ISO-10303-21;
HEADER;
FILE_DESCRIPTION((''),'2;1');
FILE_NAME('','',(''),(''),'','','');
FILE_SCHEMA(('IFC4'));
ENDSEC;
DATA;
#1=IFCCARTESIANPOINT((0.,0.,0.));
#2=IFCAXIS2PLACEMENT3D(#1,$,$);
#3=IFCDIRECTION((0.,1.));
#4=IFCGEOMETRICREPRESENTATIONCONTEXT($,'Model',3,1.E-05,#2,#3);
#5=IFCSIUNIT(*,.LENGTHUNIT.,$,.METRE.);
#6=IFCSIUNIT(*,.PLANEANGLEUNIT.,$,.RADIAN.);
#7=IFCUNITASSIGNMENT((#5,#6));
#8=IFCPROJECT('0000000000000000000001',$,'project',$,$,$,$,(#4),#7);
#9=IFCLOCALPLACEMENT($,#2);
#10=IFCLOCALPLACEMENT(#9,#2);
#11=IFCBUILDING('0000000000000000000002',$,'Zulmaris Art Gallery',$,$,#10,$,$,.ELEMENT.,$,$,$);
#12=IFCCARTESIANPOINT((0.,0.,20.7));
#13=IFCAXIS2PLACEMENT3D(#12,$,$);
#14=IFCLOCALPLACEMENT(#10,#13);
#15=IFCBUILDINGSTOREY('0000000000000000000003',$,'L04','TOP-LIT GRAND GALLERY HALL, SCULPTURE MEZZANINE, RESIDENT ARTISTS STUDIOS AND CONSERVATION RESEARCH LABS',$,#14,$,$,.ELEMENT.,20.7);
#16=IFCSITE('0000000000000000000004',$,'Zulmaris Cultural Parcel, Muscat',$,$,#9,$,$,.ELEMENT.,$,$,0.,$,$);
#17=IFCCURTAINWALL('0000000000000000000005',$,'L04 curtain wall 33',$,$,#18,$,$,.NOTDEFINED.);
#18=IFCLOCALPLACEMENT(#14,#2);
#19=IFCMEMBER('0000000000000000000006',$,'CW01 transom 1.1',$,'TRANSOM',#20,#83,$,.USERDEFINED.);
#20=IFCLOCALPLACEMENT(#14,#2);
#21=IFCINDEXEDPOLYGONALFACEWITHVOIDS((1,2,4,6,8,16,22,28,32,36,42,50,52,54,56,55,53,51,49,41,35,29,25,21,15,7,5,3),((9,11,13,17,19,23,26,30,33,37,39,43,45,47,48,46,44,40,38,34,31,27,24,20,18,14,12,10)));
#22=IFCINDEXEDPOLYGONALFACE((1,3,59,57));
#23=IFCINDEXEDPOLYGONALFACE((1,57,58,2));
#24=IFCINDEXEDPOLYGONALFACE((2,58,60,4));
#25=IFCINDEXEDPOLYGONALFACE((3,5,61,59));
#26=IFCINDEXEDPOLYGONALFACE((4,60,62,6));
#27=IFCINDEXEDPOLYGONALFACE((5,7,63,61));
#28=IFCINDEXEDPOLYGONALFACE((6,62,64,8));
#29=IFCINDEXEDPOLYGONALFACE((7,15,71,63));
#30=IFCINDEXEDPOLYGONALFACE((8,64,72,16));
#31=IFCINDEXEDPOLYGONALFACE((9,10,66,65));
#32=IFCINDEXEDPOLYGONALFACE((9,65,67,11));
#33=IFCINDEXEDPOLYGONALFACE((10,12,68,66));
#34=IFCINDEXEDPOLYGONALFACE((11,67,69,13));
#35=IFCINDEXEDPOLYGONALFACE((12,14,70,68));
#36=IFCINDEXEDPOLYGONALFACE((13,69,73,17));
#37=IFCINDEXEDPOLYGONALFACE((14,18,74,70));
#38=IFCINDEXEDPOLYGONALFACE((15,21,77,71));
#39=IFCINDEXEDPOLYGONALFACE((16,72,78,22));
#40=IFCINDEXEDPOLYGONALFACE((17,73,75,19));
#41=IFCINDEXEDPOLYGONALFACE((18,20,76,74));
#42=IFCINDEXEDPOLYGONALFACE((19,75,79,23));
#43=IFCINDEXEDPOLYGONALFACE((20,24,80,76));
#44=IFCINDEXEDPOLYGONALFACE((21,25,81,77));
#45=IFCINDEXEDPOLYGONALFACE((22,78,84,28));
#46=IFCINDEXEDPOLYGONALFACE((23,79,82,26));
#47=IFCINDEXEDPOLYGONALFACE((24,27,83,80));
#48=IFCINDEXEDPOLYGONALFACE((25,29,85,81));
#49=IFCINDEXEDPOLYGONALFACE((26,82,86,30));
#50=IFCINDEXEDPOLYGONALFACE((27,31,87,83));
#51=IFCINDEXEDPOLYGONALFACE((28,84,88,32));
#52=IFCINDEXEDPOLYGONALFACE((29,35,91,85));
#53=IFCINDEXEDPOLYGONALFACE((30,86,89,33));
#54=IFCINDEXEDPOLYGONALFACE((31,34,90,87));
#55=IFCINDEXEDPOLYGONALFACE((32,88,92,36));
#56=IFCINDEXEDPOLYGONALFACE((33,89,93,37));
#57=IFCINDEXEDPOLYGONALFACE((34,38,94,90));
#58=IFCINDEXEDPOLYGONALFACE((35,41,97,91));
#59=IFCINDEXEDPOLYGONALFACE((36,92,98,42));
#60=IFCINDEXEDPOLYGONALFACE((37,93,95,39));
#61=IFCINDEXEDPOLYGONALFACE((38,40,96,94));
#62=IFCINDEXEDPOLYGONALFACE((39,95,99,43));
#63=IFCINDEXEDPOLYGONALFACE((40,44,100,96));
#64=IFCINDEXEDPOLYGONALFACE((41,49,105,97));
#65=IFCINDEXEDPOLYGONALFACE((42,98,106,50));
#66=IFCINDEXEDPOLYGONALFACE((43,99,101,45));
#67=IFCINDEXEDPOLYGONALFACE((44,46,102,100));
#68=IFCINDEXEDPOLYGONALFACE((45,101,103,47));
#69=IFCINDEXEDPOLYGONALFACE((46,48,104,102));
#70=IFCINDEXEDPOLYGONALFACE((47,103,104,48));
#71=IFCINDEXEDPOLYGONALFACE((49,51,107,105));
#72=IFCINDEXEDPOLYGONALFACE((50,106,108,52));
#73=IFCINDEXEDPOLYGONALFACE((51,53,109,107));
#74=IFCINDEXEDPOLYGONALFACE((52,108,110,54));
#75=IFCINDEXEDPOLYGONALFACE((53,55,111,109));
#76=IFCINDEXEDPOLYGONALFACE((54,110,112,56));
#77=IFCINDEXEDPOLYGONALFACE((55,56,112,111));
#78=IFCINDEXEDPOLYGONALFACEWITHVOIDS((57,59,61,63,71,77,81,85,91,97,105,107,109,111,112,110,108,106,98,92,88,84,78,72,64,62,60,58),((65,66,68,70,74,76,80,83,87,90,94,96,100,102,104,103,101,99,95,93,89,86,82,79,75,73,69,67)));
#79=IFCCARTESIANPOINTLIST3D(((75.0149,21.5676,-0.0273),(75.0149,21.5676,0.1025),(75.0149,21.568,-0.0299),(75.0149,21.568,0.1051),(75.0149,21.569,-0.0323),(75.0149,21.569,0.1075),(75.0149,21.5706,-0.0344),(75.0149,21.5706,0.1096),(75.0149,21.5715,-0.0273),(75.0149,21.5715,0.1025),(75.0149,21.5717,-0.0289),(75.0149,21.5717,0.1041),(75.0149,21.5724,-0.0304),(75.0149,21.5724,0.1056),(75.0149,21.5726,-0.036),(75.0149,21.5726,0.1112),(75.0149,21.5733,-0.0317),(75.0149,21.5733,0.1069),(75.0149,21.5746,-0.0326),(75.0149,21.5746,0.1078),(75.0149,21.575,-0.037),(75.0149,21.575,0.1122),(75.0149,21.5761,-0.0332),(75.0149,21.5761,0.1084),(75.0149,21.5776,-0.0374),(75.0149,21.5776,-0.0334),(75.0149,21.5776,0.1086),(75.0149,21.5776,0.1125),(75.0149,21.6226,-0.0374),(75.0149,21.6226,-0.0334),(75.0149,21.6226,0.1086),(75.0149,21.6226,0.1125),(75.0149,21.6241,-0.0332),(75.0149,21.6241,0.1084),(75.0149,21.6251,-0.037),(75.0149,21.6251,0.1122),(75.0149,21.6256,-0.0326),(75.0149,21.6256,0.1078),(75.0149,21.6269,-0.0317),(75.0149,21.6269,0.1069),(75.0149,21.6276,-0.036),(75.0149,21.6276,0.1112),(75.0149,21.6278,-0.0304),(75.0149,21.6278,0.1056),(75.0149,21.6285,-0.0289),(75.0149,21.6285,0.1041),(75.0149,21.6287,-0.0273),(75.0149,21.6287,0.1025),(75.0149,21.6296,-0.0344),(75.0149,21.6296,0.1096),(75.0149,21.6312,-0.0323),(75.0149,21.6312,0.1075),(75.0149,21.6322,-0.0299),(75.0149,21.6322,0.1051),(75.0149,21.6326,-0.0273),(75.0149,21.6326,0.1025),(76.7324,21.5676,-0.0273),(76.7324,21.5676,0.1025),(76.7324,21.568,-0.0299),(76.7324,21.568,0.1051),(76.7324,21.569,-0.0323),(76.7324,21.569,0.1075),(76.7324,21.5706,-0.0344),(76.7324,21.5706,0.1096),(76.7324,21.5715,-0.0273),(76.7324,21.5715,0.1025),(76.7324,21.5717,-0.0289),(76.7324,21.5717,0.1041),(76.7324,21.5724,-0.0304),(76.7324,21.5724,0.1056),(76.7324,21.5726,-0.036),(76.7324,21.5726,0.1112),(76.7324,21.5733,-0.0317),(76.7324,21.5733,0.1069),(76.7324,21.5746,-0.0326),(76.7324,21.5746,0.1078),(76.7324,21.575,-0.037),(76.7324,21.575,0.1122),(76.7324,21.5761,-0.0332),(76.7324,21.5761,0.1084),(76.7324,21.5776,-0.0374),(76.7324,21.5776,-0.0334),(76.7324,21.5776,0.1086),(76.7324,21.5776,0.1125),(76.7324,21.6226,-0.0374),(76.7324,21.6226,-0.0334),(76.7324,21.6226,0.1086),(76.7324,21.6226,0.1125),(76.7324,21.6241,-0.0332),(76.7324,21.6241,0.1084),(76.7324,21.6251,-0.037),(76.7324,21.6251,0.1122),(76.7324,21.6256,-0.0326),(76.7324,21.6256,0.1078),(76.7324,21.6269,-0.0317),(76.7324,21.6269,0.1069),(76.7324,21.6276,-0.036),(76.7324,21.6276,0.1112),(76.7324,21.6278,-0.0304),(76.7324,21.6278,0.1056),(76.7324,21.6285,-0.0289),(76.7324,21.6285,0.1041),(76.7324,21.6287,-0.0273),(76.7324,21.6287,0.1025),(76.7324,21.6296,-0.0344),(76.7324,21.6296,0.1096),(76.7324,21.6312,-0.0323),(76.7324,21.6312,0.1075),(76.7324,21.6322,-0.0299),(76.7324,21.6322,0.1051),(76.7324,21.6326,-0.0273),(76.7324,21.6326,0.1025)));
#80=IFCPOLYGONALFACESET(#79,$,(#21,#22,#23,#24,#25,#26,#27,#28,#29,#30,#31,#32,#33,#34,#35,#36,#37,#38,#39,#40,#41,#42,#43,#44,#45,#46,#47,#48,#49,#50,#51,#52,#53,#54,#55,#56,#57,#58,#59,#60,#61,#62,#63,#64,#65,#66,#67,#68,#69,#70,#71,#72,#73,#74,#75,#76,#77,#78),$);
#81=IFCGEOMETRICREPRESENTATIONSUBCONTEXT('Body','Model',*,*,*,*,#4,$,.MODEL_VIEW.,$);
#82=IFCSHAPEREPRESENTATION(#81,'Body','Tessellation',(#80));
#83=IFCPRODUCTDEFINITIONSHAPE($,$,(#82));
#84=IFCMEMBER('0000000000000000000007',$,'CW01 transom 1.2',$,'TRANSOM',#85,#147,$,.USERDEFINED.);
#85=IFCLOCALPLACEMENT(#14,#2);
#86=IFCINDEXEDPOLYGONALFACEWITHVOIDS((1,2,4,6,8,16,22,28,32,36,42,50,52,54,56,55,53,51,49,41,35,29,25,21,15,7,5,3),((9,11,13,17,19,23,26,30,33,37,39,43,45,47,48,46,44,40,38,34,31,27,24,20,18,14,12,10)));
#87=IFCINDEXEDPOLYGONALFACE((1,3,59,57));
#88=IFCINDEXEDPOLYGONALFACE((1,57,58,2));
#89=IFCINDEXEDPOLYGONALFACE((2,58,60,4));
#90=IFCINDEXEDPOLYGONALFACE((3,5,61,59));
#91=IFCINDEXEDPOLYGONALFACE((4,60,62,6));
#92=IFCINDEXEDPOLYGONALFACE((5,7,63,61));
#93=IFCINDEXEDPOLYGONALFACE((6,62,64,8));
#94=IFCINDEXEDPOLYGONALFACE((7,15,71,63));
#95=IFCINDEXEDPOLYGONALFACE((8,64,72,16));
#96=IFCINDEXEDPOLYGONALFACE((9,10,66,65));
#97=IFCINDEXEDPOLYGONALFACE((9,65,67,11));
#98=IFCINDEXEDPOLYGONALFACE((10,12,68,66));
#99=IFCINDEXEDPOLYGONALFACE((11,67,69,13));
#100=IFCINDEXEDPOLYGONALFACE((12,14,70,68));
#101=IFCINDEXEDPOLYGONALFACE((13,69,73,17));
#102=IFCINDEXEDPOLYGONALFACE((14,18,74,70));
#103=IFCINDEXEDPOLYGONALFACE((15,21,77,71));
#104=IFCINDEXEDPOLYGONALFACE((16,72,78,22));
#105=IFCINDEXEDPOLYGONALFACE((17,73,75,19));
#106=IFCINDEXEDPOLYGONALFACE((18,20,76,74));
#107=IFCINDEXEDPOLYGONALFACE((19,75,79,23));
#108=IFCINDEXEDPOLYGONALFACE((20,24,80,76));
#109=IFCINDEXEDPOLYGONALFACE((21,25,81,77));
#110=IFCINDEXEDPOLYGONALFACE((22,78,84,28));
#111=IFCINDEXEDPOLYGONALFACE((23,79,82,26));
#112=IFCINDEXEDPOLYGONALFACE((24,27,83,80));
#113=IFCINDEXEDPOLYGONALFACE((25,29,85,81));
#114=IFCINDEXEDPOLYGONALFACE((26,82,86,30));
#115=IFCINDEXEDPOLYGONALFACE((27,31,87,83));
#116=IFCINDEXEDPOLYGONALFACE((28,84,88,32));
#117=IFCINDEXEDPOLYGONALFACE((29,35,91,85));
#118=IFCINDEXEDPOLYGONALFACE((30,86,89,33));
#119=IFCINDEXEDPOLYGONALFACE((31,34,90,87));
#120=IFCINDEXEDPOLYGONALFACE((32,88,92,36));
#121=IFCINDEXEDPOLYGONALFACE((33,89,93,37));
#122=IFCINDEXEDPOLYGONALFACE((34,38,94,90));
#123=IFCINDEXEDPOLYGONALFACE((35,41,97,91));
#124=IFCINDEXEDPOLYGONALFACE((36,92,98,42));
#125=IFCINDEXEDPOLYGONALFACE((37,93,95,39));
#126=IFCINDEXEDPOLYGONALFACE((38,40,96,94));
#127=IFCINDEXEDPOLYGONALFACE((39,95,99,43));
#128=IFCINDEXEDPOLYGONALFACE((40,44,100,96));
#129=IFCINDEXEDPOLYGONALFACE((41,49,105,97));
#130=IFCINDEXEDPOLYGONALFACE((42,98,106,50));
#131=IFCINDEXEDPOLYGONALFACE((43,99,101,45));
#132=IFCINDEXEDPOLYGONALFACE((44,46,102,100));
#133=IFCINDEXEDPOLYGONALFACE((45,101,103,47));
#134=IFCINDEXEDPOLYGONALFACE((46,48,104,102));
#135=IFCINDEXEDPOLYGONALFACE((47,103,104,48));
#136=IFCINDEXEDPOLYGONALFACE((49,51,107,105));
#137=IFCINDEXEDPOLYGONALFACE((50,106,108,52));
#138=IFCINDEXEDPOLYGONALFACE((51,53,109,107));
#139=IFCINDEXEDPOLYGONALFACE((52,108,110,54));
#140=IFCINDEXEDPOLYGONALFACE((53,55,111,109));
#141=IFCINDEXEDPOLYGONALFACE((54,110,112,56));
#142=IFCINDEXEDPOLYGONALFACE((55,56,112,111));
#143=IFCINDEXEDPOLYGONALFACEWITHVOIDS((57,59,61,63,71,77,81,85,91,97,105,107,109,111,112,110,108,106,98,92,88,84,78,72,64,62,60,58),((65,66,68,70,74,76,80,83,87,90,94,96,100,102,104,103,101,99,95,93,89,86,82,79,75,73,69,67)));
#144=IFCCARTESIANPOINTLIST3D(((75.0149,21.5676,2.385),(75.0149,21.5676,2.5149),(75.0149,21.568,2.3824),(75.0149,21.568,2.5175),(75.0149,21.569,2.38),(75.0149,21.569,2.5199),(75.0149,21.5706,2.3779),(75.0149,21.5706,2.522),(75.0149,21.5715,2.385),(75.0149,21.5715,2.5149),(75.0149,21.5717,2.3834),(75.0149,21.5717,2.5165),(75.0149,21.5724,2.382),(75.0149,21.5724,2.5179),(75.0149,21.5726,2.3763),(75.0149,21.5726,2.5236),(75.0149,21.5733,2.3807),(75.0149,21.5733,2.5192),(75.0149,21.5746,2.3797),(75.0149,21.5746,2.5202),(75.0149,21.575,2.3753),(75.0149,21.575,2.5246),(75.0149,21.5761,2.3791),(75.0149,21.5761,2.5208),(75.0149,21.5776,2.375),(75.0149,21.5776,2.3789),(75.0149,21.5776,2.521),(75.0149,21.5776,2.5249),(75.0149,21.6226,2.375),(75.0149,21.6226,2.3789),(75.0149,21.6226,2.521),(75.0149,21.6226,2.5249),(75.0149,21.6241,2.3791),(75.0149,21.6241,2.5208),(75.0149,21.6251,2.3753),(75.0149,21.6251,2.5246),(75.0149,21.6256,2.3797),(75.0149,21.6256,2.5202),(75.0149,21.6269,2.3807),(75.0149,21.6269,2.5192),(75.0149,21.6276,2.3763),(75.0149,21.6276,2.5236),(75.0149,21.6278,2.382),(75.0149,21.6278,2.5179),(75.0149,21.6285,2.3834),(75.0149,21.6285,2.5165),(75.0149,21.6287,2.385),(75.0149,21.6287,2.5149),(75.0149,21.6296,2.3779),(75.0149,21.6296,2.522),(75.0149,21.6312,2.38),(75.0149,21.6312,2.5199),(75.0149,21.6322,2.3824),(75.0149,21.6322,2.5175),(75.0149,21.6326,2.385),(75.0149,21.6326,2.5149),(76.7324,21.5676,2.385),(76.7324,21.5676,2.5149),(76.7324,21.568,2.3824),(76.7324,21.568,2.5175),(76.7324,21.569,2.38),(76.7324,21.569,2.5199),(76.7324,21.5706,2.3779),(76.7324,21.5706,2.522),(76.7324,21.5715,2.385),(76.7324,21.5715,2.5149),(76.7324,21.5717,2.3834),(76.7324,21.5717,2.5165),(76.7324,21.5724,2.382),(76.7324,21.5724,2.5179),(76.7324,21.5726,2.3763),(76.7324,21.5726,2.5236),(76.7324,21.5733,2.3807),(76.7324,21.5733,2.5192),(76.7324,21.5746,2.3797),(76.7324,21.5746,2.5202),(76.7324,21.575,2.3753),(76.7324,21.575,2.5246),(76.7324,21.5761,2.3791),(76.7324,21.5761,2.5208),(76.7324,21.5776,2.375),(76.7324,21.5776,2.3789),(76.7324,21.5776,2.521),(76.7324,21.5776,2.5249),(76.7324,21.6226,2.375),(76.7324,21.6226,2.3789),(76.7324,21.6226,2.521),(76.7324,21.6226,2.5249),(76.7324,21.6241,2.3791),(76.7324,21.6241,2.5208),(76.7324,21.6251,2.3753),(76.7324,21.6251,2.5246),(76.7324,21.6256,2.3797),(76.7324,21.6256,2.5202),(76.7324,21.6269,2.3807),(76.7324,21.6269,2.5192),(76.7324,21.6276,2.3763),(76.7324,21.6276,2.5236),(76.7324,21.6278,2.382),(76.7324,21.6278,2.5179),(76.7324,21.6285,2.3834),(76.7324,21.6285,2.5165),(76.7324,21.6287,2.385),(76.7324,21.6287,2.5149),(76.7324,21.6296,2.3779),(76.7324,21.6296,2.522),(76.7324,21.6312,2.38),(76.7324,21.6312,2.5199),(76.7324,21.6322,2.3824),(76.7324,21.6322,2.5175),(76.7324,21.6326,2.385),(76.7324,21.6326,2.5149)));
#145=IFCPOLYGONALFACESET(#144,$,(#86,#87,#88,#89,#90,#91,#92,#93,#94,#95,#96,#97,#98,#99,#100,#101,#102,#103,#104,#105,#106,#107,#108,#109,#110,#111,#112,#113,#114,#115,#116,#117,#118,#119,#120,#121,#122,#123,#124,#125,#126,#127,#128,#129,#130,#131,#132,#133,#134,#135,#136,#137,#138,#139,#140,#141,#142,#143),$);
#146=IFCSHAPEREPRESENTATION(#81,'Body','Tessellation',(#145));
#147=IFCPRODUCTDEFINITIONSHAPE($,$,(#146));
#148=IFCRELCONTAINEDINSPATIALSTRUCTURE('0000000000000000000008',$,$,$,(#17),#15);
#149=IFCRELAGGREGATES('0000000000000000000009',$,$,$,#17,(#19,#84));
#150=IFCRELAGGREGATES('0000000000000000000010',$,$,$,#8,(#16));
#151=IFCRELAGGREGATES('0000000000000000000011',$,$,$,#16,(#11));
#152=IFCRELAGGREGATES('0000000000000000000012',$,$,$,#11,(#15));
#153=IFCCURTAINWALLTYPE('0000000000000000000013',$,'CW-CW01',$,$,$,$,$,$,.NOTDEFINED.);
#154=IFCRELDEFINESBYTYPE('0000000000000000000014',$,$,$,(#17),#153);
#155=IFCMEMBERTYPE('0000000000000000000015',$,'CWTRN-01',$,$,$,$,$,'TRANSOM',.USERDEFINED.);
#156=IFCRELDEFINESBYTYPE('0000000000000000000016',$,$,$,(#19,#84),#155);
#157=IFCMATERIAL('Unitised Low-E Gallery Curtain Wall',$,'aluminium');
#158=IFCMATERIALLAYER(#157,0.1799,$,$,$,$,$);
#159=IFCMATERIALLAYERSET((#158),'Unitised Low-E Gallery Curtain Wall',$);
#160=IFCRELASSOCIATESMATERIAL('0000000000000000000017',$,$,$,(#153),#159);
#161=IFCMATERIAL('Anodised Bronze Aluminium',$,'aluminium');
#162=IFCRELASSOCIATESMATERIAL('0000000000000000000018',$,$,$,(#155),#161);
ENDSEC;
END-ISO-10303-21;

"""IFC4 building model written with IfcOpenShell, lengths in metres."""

from ifc_helpers import new_model, si_unit, direction, frame, origin, origin_2d, place, context, subcontext, project, spatial, hollow_rectangle, extrude, material, layer, layer_set, material_profile, profile_set, type_object, element, aggregate, save


model = new_model("IFC4")

# Units and contexts
model_context = context("Model", 3, precision=1e-05, world=origin(), true_north=direction((0.0, 1.0)))
body_context = subcontext(model_context, "Body", "Model", "MODEL_VIEW")
ifc_project = project(units=[si_unit("LENGTHUNIT", "METRE"), si_unit("PLANEANGLEUNIT", "RADIAN")], contexts=[model_context])

# Site, building, storey
site_placement = place(None, origin())
site = spatial("IfcSite", under=ifc_project, at=site_placement, Name="Zulmaris Cultural Parcel, Muscat", CompositionType="ELEMENT", RefElevation=0.0)
building_placement = place(site_placement, origin())
building = spatial("IfcBuilding", under=site, at=building_placement, Name="Zulmaris Art Gallery", CompositionType="ELEMENT")
storey_placement = place(building_placement, frame((0.0, 0.0, 20.7)))
storey = spatial("IfcBuildingStorey", under=building, at=storey_placement, Name="L04", Description="TOP-LIT GRAND GALLERY HALL, SCULPTURE MEZZANINE, RESIDENT ARTISTS STUDIOS AND CONSERVATION RESEARCH LABS", CompositionType="ELEMENT", Elevation=20.7)

# Curtain wall
ifc_material_1 = material(Name="Unitised Low-E Gallery Curtain Wall", Category="aluminium")
ifc_layer_1 = layer(ifc_material_1, 0.1799)
ifc_layer_set_1 = layer_set([ifc_layer_1], Name="Unitised Low-E Gallery Curtain Wall")
curtain_wall_type_1 = type_object("IfcCurtainWallType", Name="CW-CW01", PredefinedType="NOTDEFINED", material=ifc_layer_set_1)
curtain_wall_1_placement = place(storey_placement, origin())
curtain_wall_1 = element("IfcCurtainWall", 1, at=curtain_wall_1_placement, inside=storey, type_object=curtain_wall_type_1, Name="L04 curtain wall 33", PredefinedType="NOTDEFINED")
ifc_material_2 = material(Name="Anodised Bronze Aluminium", Category="aluminium")

# Members
ifc_material_profile_1 = material_profile(ifc_material_2, hollow_rectangle(XDim=0.0649, YDim=0.1499, WallThickness=0.0039, InnerFilletRadius=0.0061, OuterFilletRadius=0.01, at=origin_2d()), Name="ALU 65x150x4")
ifc_profile_set_1 = profile_set([ifc_material_profile_1], Name="Anodised Bronze Aluminium")
member_type_1 = type_object("IfcMemberType", Name="CWTRN-01", ElementType="TRANSOM", PredefinedType="USERDEFINED", material=ifc_profile_set_1)
member_1_placement = place(storey_placement, frame((75.0149, 21.6001, 0.0376), z_axis=(1.0, 0.0, 0.0), x_axis=(0.0, 1.0, 0.0)))
member_1 = element("IfcMember", 2, at=member_1_placement, type_object=member_type_1, Name="CW01 transom 1.1", ObjectType="TRANSOM", PredefinedType="USERDEFINED", context=body_context, shape_type="SweptSolid", body=[
    extrude(hollow_rectangle(XDim=0.0649, YDim=0.1499, WallThickness=0.0039, InnerFilletRadius=0.0061, OuterFilletRadius=0.01, at=origin_2d()), origin(), (0.0, 0.0, 1.0), 1.7175),
])
member_2_placement = place(storey_placement, frame((75.0149, 21.6001, 2.45), z_axis=(1.0, 0.0, 0.0), x_axis=(0.0, 1.0, 0.0)))
member_2 = element("IfcMember", 3, at=member_2_placement, type_object=member_type_1, Name="CW01 transom 1.2", ObjectType="TRANSOM", PredefinedType="USERDEFINED", context=body_context, shape_type="SweptSolid", body=[
    extrude(hollow_rectangle(XDim=0.0649, YDim=0.1499, WallThickness=0.0039, InnerFilletRadius=0.0061, OuterFilletRadius=0.01, at=origin_2d()), origin(), (0.0, 0.0, 1.0), 1.7175),
])

aggregate(curtain_wall_1, [member_1, member_2])

save(model, "model.ifc")
